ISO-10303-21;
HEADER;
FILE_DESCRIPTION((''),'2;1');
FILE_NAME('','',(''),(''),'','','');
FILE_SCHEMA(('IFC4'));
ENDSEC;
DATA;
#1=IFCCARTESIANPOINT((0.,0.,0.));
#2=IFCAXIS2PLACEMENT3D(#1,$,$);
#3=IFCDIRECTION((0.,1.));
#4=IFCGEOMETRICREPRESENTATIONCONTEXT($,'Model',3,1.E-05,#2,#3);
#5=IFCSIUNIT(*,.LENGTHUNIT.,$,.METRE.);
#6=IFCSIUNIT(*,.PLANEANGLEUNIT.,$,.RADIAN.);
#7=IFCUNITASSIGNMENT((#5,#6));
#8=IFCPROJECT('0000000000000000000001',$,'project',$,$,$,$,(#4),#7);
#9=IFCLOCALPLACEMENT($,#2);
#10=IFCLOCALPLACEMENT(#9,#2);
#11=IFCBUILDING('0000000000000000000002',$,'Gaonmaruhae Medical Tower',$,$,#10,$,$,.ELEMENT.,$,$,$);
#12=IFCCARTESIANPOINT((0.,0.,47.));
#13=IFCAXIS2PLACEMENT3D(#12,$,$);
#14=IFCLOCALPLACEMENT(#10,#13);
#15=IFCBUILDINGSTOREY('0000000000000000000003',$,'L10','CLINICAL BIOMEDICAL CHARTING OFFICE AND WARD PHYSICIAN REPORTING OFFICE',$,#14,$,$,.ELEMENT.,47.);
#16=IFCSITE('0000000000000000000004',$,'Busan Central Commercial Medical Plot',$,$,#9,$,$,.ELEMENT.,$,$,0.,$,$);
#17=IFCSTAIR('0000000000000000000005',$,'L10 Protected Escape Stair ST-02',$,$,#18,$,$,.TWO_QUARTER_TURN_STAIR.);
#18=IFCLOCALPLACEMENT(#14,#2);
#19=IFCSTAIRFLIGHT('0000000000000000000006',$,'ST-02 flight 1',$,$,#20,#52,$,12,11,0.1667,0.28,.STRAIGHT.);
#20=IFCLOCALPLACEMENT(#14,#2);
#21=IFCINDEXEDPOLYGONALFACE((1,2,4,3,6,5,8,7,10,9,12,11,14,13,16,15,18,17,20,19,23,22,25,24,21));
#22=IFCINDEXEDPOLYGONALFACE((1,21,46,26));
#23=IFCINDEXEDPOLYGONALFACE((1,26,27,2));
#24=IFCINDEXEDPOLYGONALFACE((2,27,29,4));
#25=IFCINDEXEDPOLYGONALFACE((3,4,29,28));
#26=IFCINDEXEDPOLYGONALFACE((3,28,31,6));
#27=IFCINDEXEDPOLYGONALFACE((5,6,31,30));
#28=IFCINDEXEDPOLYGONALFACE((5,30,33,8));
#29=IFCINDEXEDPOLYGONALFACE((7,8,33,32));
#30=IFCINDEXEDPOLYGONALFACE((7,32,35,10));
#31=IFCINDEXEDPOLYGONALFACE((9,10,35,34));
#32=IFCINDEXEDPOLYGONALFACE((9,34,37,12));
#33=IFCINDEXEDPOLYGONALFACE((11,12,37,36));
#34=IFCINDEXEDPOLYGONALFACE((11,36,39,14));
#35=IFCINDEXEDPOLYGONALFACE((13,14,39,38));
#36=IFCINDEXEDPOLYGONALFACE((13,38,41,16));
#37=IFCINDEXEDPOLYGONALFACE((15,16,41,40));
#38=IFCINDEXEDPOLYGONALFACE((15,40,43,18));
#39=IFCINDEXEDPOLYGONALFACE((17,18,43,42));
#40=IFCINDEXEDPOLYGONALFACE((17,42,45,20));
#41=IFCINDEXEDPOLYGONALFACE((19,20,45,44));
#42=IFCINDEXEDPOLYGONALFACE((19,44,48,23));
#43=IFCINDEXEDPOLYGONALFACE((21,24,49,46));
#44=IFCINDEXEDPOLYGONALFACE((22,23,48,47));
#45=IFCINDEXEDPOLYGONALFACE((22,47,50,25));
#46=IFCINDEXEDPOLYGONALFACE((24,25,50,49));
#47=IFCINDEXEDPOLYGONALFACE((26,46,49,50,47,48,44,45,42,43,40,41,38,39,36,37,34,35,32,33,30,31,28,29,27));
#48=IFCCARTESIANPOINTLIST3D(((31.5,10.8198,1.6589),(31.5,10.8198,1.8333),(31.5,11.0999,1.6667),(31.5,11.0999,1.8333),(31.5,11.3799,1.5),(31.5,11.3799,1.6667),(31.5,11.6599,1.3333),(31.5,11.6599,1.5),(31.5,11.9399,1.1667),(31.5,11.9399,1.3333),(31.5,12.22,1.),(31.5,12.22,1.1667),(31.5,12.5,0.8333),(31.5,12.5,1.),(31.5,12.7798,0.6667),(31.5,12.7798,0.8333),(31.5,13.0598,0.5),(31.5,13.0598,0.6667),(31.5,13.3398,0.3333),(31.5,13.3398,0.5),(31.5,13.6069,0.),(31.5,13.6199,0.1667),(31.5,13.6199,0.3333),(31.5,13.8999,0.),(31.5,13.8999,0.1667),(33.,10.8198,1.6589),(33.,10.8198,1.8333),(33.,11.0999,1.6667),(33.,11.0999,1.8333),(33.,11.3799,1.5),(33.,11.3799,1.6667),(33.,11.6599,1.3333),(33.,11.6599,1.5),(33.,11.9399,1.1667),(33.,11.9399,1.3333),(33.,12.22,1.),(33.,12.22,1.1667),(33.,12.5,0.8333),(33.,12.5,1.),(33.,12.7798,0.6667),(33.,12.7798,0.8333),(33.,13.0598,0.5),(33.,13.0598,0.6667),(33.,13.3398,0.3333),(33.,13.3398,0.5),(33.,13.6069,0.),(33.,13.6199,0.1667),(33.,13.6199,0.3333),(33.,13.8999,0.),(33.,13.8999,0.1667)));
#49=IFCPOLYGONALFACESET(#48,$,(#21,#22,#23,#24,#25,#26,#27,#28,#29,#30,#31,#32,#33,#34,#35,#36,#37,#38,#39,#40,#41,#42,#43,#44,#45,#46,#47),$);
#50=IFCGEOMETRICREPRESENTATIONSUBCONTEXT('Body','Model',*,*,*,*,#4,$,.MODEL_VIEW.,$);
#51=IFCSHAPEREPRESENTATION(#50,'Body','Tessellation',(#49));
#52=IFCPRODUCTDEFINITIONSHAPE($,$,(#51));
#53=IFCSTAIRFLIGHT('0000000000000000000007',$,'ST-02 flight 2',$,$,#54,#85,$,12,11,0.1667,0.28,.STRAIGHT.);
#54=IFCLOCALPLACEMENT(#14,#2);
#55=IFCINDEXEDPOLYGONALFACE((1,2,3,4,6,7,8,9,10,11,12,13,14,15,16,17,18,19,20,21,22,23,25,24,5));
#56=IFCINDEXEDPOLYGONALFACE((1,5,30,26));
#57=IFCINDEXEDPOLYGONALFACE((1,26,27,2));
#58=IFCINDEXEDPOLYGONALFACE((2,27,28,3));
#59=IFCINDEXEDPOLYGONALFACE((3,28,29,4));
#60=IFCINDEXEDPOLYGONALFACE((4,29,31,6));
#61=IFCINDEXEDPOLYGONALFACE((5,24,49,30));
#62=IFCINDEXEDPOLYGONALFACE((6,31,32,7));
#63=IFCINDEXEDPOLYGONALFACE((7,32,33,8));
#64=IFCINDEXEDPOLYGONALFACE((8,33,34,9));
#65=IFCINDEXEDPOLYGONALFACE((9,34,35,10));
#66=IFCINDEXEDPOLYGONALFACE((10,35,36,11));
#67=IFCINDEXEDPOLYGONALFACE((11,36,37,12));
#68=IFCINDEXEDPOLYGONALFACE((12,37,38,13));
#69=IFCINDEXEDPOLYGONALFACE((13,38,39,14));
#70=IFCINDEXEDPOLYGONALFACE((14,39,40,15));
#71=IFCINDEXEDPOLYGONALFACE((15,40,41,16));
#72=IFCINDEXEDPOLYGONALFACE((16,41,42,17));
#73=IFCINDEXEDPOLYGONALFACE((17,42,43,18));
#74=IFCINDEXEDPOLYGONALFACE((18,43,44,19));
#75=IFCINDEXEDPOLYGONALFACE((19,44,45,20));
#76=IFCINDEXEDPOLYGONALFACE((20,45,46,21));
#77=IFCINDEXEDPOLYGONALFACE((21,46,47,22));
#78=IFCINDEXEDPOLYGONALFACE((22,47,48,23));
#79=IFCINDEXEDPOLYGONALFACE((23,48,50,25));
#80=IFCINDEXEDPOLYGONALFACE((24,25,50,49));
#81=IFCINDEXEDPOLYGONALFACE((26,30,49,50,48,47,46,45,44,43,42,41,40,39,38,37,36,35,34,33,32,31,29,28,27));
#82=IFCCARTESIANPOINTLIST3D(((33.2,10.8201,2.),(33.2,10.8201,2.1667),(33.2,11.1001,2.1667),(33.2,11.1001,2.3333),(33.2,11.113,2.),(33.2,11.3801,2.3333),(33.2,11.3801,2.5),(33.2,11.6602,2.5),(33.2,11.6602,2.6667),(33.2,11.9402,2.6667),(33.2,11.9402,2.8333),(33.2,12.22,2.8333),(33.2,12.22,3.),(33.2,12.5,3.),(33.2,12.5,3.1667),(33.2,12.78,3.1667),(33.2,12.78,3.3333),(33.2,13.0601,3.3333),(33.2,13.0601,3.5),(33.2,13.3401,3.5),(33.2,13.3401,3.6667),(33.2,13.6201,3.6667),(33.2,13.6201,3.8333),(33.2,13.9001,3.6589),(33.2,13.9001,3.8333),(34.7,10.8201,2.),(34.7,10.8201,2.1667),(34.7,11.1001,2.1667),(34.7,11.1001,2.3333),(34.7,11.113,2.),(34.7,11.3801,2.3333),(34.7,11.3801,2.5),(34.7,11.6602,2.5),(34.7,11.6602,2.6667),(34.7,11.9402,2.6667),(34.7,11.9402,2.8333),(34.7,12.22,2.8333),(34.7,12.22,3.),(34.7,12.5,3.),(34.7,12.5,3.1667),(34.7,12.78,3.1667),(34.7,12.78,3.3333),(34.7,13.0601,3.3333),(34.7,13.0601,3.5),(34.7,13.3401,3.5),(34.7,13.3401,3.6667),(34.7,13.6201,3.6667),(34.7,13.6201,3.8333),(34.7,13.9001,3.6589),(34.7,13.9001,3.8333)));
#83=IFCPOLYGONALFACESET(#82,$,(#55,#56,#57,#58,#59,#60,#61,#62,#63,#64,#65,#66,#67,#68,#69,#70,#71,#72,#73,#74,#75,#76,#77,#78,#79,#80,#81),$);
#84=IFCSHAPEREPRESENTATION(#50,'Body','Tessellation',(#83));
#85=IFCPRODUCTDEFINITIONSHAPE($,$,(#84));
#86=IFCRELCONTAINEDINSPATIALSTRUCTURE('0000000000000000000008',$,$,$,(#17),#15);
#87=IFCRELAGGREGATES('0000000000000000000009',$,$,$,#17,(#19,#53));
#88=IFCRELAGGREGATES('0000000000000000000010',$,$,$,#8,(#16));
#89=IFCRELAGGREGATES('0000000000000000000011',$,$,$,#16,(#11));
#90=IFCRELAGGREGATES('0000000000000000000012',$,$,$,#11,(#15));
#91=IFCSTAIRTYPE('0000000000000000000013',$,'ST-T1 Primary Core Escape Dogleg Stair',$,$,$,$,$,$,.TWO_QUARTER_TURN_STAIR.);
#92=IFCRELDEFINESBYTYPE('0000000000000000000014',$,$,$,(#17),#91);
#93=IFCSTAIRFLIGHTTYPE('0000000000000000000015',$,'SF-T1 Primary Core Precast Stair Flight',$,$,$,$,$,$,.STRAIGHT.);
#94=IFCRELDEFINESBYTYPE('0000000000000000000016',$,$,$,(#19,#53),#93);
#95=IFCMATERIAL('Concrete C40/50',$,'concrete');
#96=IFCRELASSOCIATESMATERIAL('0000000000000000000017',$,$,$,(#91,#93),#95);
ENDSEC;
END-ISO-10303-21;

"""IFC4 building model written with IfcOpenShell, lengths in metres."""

from ifc_helpers import new_model, si_unit, direction, frame, origin, place, context, subcontext, project, spatial, polyline, outline, extrude, material, type_object, element, aggregate, save


model = new_model("IFC4")

# Units and contexts
model_context = context("Model", 3, precision=1e-05, world=origin(), true_north=direction((0.0, 1.0)))
body_context = subcontext(model_context, "Body", "Model", "MODEL_VIEW")
ifc_project = project(units=[si_unit("LENGTHUNIT", "METRE"), si_unit("PLANEANGLEUNIT", "RADIAN")], contexts=[model_context])

# Site, building, storey
site_placement = place(None, origin())
site = spatial("IfcSite", under=ifc_project, at=site_placement, Name="Busan Central Commercial Medical Plot", CompositionType="ELEMENT", RefElevation=0.0)
building_placement = place(site_placement, origin())
building = spatial("IfcBuilding", under=site, at=building_placement, Name="Gaonmaruhae Medical Tower", CompositionType="ELEMENT")
storey_placement = place(building_placement, frame((0.0, 0.0, 47.0)))
storey = spatial("IfcBuildingStorey", under=building, at=storey_placement, Name="L10", Description="CLINICAL BIOMEDICAL CHARTING OFFICE AND WARD PHYSICIAN REPORTING OFFICE", CompositionType="ELEMENT", Elevation=47.0)

# Stair, stair flights
ifc_material_1 = material(Name="Concrete C40/50", Category="concrete")
stair_type = type_object("IfcStairType", Name="ST-T1 Primary Core Escape Dogleg Stair", PredefinedType="TWO_QUARTER_TURN_STAIR", material=ifc_material_1)
stair_placement = place(storey_placement, origin())
stair = element("IfcStair", 1, at=stair_placement, inside=storey, type_object=stair_type, Name="L10 Protected Escape Stair ST-02", PredefinedType="TWO_QUARTER_TURN_STAIR")
stair_flight_type = type_object("IfcStairFlightType", Name="SF-T1 Primary Core Precast Stair Flight", PredefinedType="STRAIGHT", material=ifc_material_1)
stair_flight_1_placement = place(storey_placement, frame((32.25, 13.8999, 0.0), z_axis=(0.0, 0.0, 1.0), x_axis=(0.0, -1.0, 0.0)))
stair_flight_1 = element("IfcStairFlight", 2, at=stair_flight_1_placement, type_object=stair_flight_type, Name="ST-02 flight 1", NumberOfRisers=12, NumberOfTreads=11, PredefinedType="STRAIGHT", RiserHeight=0.1667, TreadLength=0.28, context=body_context, shape_type="SweptSolid", body=[
    extrude(outline(polyline([(0.0, 0.0), (0.0, 0.1667), (0.28, 0.1667), (0.28, 0.3333), (0.5601, 0.3333), (0.5601, 0.5), (0.8401, 0.5), (0.8401, 0.6667), (1.1201, 0.6667), (1.1201, 0.8333), (1.3999, 0.8333), (1.3999, 1.0), (1.6799, 1.0), (1.6799, 1.1667), (1.96, 1.1667), (1.96, 1.3333), (2.24, 1.3333), (2.24, 1.5), (2.52, 1.5), (2.52, 1.6667), (2.8, 1.6667), (2.8, 1.8333), (3.0801, 1.8333), (3.0801, 2.0), (3.0801, 1.6589), (0.293, 0.0), (0.0, 0.0)])), frame((0.0, 0.75, 0.0), z_axis=(0.0, -1.0, 0.0), x_axis=(1.0, 0.0, 0.0)), (0.0, 0.0, 1.0), 1.5),
])
stair_flight_2_placement = place(storey_placement, frame((33.95, 10.8201, 2.0), z_axis=(0.0, 0.0, 1.0), x_axis=(0.0, 1.0, 0.0)))
stair_flight_2 = element("IfcStairFlight", 3, at=stair_flight_2_placement, type_object=stair_flight_type, Name="ST-02 flight 2", NumberOfRisers=12, NumberOfTreads=11, PredefinedType="STRAIGHT", RiserHeight=0.1667, TreadLength=0.28, context=body_context, shape_type="SweptSolid", body=[
    extrude(outline(polyline([(0.0, 0.0), (0.0, 0.1667), (0.28, 0.1667), (0.28, 0.3333), (0.5601, 0.3333), (0.5601, 0.5), (0.8401, 0.5), (0.8401, 0.6667), (1.1201, 0.6667), (1.1201, 0.8333), (1.3999, 0.8333), (1.3999, 1.0), (1.6799, 1.0), (1.6799, 1.1667), (1.96, 1.1667), (1.96, 1.3333), (2.24, 1.3333), (2.24, 1.5), (2.52, 1.5), (2.52, 1.6667), (2.8, 1.6667), (2.8, 1.8333), (3.0801, 1.8333), (3.0801, 2.0), (3.0801, 1.6589), (0.293, 0.0), (0.0, 0.0)])), frame((0.0, 0.75, 0.0), z_axis=(0.0, -1.0, 0.0), x_axis=(1.0, 0.0, 0.0)), (0.0, 0.0, 1.0), 1.5),
])
aggregate(stair, [stair_flight_1, stair_flight_2])

save(model, "model.ifc")
